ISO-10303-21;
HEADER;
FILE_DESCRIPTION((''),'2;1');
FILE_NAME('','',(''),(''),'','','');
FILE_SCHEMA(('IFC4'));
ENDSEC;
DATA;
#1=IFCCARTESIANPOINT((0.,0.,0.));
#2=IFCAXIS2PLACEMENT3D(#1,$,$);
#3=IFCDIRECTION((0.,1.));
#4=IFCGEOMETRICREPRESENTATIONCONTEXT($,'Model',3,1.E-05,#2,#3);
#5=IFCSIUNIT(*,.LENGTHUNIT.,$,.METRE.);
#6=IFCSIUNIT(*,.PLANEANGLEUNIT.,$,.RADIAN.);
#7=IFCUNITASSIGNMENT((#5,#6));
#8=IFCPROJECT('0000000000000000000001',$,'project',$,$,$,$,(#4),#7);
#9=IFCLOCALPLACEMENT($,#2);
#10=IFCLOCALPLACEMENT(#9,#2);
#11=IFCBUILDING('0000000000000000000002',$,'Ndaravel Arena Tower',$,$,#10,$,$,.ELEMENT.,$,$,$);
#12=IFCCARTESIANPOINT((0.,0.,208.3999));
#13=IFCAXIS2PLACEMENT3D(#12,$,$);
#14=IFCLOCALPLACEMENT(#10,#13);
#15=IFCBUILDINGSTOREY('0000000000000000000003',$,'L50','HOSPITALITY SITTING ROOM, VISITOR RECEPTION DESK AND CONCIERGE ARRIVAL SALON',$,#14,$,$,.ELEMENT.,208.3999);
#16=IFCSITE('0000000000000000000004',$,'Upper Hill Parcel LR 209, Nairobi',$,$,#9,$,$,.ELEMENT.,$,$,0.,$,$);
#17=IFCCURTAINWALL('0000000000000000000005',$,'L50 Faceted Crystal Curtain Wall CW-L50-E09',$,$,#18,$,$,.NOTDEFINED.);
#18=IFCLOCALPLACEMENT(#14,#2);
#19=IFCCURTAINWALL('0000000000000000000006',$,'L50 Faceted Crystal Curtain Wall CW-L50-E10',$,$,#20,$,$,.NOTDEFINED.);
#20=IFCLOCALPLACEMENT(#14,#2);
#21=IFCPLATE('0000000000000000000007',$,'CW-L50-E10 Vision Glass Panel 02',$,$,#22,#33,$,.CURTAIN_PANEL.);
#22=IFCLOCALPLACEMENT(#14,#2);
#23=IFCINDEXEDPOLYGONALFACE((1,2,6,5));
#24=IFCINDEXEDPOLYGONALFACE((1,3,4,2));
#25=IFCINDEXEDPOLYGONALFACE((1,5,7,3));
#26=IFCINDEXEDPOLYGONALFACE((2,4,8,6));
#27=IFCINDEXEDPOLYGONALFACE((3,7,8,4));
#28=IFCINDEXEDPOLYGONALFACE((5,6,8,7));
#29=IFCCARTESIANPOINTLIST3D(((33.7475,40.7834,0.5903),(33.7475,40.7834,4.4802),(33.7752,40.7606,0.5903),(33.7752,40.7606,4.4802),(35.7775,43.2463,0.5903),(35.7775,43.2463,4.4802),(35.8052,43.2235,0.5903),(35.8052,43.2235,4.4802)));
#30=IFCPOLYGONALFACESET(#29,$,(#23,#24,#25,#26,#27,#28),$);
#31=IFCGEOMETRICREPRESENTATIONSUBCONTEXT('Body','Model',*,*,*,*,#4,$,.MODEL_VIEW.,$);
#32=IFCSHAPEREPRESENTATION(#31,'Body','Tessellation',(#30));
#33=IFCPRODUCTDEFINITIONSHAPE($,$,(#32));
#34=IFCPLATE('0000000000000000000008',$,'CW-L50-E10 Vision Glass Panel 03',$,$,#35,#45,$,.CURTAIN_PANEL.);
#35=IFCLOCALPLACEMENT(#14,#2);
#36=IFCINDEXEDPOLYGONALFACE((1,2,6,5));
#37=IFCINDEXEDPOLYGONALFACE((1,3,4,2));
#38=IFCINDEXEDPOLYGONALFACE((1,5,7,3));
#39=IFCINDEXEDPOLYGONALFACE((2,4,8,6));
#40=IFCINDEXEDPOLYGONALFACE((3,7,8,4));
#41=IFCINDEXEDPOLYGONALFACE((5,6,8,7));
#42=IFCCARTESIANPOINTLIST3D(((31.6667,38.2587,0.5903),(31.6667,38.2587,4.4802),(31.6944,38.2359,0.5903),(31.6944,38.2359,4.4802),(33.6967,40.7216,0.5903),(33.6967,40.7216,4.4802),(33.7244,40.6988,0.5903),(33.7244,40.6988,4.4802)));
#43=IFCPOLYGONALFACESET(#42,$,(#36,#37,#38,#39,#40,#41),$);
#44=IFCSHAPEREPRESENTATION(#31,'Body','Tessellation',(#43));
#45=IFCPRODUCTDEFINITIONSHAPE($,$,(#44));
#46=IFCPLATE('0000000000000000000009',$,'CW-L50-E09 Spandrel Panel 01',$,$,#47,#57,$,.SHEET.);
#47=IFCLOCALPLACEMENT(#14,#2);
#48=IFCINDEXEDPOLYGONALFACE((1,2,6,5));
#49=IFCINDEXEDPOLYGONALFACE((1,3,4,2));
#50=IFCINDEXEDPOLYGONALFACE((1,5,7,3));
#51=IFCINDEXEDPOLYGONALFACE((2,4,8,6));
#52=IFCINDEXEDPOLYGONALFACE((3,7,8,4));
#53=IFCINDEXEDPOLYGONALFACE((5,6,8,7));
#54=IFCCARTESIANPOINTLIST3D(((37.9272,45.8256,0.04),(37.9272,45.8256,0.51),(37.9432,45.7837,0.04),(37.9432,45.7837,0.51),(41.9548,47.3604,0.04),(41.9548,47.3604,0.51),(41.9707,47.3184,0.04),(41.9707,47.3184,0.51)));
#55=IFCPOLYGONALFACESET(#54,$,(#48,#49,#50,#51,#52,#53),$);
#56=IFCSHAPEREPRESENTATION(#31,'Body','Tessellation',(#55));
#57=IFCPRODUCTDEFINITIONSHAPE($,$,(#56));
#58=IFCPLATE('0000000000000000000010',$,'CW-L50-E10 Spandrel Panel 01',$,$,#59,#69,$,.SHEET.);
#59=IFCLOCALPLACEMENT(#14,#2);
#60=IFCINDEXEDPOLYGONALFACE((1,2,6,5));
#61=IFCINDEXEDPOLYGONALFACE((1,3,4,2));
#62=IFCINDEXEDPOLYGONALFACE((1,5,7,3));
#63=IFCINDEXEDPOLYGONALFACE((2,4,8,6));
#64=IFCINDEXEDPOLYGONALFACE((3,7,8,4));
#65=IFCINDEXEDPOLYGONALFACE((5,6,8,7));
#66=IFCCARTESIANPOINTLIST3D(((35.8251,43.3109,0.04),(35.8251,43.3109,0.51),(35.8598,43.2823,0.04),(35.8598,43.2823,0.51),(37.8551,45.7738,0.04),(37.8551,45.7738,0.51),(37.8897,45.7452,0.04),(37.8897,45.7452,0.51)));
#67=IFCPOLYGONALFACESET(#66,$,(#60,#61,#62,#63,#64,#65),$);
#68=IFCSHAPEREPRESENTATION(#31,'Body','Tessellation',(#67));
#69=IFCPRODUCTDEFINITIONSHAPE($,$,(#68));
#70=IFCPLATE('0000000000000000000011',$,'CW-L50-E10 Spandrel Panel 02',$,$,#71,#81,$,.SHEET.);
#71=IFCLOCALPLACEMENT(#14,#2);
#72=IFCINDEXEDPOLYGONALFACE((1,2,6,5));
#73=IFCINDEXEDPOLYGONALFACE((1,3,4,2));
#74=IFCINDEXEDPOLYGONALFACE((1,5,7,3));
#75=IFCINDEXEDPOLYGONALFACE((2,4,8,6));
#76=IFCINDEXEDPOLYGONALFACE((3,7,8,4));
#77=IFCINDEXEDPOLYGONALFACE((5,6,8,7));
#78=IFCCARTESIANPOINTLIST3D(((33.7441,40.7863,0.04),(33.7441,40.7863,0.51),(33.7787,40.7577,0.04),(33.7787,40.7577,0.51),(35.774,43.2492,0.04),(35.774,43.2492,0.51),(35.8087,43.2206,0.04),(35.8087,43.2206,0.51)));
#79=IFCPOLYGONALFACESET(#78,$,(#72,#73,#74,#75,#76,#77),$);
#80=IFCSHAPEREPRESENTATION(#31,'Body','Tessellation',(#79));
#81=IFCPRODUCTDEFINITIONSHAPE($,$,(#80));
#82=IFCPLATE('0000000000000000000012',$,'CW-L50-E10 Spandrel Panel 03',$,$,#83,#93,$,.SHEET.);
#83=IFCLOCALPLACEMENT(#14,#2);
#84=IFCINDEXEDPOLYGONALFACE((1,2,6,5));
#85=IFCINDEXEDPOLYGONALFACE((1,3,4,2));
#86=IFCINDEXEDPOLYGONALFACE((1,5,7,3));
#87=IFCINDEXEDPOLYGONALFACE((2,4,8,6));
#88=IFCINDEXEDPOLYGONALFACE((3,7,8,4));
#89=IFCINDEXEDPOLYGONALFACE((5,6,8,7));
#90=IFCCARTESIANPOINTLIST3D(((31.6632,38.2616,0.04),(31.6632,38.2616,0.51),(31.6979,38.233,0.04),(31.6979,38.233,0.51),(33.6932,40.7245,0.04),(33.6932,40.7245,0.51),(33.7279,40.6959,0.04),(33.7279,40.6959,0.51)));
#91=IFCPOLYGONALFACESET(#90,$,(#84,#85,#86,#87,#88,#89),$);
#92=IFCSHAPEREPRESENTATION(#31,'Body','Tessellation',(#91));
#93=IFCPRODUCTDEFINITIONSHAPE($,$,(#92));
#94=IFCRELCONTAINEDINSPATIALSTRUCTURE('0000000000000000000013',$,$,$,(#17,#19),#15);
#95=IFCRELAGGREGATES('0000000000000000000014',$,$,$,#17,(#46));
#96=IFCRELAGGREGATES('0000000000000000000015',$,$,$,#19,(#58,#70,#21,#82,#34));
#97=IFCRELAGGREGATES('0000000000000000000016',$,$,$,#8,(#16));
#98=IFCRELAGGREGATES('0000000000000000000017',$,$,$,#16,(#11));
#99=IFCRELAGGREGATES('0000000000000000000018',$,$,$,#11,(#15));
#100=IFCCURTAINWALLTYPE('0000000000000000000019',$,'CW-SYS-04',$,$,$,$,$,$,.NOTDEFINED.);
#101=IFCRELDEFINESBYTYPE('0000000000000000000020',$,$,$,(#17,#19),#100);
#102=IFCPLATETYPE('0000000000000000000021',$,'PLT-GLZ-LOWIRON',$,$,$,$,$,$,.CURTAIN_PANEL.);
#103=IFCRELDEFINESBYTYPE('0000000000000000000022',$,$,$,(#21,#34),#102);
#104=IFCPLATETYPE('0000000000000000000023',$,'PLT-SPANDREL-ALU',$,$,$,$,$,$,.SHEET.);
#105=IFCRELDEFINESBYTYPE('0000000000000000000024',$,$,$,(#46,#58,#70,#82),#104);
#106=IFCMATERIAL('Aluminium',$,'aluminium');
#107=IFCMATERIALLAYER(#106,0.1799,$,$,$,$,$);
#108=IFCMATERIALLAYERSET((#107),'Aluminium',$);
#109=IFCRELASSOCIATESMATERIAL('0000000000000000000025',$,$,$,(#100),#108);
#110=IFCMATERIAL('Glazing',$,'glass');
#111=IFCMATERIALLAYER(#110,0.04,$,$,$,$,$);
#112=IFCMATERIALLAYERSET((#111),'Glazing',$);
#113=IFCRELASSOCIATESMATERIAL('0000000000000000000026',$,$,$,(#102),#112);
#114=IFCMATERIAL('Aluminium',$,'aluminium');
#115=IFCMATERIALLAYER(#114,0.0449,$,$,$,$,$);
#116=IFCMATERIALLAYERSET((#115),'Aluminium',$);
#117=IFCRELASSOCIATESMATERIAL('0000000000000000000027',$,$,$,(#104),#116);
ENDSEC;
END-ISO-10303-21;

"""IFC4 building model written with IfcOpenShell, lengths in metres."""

from ifc_helpers import new_model, si_unit, direction, frame, origin, origin_2d, place, context, subcontext, project, spatial, rectangle, extrude, material, layer, layer_set, type_object, element, aggregate, save


model = new_model("IFC4")

# Units and contexts
model_context = context("Model", 3, precision=1e-05, world=origin(), true_north=direction((0.0, 1.0)))
body_context = subcontext(model_context, "Body", "Model", "MODEL_VIEW")
ifc_project = project(units=[si_unit("LENGTHUNIT", "METRE"), si_unit("PLANEANGLEUNIT", "RADIAN")], contexts=[model_context])

# Site, building, storey
site_placement = place(None, origin())
site = spatial("IfcSite", under=ifc_project, at=site_placement, Name="Upper Hill Parcel LR 209, Nairobi", CompositionType="ELEMENT", RefElevation=0.0)
building_placement = place(site_placement, origin())
building = spatial("IfcBuilding", under=site, at=building_placement, Name="Ndaravel Arena Tower", CompositionType="ELEMENT")
storey_placement = place(building_placement, frame((0.0, 0.0, 208.3999)))
storey = spatial("IfcBuildingStorey", under=building, at=storey_placement, Name="L50", Description="HOSPITALITY SITTING ROOM, VISITOR RECEPTION DESK AND CONCIERGE ARRIVAL SALON", CompositionType="ELEMENT", Elevation=208.3999)

# Curtain wall
ifc_material_1 = material(Name="Aluminium", Category="aluminium")
ifc_layer_1 = layer(ifc_material_1, 0.1799)
ifc_layer_set_1 = layer_set([ifc_layer_1], Name="Aluminium")
curtain_wall_type = type_object("IfcCurtainWallType", Name="CW-SYS-04", PredefinedType="NOTDEFINED", material=ifc_layer_set_1)
curtain_wall_1_placement = place(storey_placement, origin())
curtain_wall_1 = element("IfcCurtainWall", 1, at=curtain_wall_1_placement, inside=storey, type_object=curtain_wall_type, Name="L50 Faceted Crystal Curtain Wall CW-L50-E09", PredefinedType="NOTDEFINED")

# Curtain wall
curtain_wall_2_placement = place(storey_placement, origin())
curtain_wall_2 = element("IfcCurtainWall", 2, at=curtain_wall_2_placement, inside=storey, type_object=curtain_wall_type, Name="L50 Faceted Crystal Curtain Wall CW-L50-E10", PredefinedType="NOTDEFINED")

# Plates
ifc_material_2 = material(Name="Glazing", Category="glass")
ifc_layer_2 = layer(ifc_material_2, 0.04)
ifc_layer_set_2 = layer_set([ifc_layer_2], Name="Glazing")
plate_type_1 = type_object("IfcPlateType", Name="PLT-GLZ-LOWIRON", PredefinedType="CURTAIN_PANEL", material=ifc_layer_set_2)
plate_1_placement = place(storey_placement, frame((34.7764, 42.0034, 0.5903), z_axis=(0.0, 0.0, 1.0), x_axis=(-0.636024, -0.771669, 0.0)))
plate_1 = element("IfcPlate", 3, at=plate_1_placement, type_object=plate_type_1, Name="CW-L50-E10 Vision Glass Panel 02", PredefinedType="CURTAIN_PANEL", context=body_context, shape_type="SweptSolid", body=[
    extrude(rectangle(XDim=3.1917, YDim=0.0359, at=origin_2d()), origin(), (0.0, 0.0, 1.0), 3.8899),
])
plate_2_placement = place(storey_placement, frame((32.6956, 39.4788, 0.5903), z_axis=(0.0, 0.0, 1.0), x_axis=(-0.636024, -0.771669, 0.0)))
plate_2 = element("IfcPlate", 4, at=plate_2_placement, type_object=plate_type_1, Name="CW-L50-E10 Vision Glass Panel 03", PredefinedType="CURTAIN_PANEL", context=body_context, shape_type="SweptSolid", body=[
    extrude(rectangle(XDim=3.1917, YDim=0.0359, at=origin_2d()), origin(), (0.0, 0.0, 1.0), 3.8899),
])
ifc_material_3 = material(Name="Aluminium", Category="aluminium")
ifc_layer_3 = layer(ifc_material_3, 0.0449)
ifc_layer_set_3 = layer_set([ifc_layer_3], Name="Aluminium")
plate_type_2 = type_object("IfcPlateType", Name="PLT-SPANDREL-ALU", PredefinedType="SHEET", material=ifc_layer_set_3)
plate_3_placement = place(storey_placement, frame((39.949, 46.572, 0.04), z_axis=(0.0, 0.0, 1.0), x_axis=(-0.934453, -0.356086, 0.0)))
plate_3 = element("IfcPlate", 5, at=plate_3_placement, type_object=plate_type_2, Name="CW-L50-E09 Spandrel Panel 01", PredefinedType="SHEET", context=body_context, shape_type="SweptSolid", body=[
    extrude(rectangle(XDim=4.3101, YDim=0.0449, at=origin_2d()), origin(), (0.0, 0.0, 1.0), 0.47),
])
aggregate(curtain_wall_1, [plate_3])
plate_4_placement = place(storey_placement, frame((36.8574, 44.5281, 0.04), z_axis=(0.0, 0.0, 1.0), x_axis=(-0.636024, -0.771669, 0.0)))
plate_4 = element("IfcPlate", 6, at=plate_4_placement, type_object=plate_type_2, Name="CW-L50-E10 Spandrel Panel 01", PredefinedType="SHEET", context=body_context, shape_type="SweptSolid", body=[
    extrude(rectangle(XDim=3.1917, YDim=0.0449, at=origin_2d()), origin(), (0.0, 0.0, 1.0), 0.47),
])
plate_5_placement = place(storey_placement, frame((34.7764, 42.0034, 0.04), z_axis=(0.0, 0.0, 1.0), x_axis=(-0.636024, -0.771669, 0.0)))
plate_5 = element("IfcPlate", 7, at=plate_5_placement, type_object=plate_type_2, Name="CW-L50-E10 Spandrel Panel 02", PredefinedType="SHEET", context=body_context, shape_type="SweptSolid", body=[
    extrude(rectangle(XDim=3.1917, YDim=0.0449, at=origin_2d()), origin(), (0.0, 0.0, 1.0), 0.47),
])
plate_6_placement = place(storey_placement, frame((32.6956, 39.4788, 0.04), z_axis=(0.0, 0.0, 1.0), x_axis=(-0.636024, -0.771669, 0.0)))
plate_6 = element("IfcPlate", 8, at=plate_6_placement, type_object=plate_type_2, Name="CW-L50-E10 Spandrel Panel 03", PredefinedType="SHEET", context=body_context, shape_type="SweptSolid", body=[
    extrude(rectangle(XDim=3.1917, YDim=0.0449, at=origin_2d()), origin(), (0.0, 0.0, 1.0), 0.47),
])
aggregate(curtain_wall_2, [plate_4, plate_5, plate_1, plate_6, plate_2])

save(model, "model.ifc")
